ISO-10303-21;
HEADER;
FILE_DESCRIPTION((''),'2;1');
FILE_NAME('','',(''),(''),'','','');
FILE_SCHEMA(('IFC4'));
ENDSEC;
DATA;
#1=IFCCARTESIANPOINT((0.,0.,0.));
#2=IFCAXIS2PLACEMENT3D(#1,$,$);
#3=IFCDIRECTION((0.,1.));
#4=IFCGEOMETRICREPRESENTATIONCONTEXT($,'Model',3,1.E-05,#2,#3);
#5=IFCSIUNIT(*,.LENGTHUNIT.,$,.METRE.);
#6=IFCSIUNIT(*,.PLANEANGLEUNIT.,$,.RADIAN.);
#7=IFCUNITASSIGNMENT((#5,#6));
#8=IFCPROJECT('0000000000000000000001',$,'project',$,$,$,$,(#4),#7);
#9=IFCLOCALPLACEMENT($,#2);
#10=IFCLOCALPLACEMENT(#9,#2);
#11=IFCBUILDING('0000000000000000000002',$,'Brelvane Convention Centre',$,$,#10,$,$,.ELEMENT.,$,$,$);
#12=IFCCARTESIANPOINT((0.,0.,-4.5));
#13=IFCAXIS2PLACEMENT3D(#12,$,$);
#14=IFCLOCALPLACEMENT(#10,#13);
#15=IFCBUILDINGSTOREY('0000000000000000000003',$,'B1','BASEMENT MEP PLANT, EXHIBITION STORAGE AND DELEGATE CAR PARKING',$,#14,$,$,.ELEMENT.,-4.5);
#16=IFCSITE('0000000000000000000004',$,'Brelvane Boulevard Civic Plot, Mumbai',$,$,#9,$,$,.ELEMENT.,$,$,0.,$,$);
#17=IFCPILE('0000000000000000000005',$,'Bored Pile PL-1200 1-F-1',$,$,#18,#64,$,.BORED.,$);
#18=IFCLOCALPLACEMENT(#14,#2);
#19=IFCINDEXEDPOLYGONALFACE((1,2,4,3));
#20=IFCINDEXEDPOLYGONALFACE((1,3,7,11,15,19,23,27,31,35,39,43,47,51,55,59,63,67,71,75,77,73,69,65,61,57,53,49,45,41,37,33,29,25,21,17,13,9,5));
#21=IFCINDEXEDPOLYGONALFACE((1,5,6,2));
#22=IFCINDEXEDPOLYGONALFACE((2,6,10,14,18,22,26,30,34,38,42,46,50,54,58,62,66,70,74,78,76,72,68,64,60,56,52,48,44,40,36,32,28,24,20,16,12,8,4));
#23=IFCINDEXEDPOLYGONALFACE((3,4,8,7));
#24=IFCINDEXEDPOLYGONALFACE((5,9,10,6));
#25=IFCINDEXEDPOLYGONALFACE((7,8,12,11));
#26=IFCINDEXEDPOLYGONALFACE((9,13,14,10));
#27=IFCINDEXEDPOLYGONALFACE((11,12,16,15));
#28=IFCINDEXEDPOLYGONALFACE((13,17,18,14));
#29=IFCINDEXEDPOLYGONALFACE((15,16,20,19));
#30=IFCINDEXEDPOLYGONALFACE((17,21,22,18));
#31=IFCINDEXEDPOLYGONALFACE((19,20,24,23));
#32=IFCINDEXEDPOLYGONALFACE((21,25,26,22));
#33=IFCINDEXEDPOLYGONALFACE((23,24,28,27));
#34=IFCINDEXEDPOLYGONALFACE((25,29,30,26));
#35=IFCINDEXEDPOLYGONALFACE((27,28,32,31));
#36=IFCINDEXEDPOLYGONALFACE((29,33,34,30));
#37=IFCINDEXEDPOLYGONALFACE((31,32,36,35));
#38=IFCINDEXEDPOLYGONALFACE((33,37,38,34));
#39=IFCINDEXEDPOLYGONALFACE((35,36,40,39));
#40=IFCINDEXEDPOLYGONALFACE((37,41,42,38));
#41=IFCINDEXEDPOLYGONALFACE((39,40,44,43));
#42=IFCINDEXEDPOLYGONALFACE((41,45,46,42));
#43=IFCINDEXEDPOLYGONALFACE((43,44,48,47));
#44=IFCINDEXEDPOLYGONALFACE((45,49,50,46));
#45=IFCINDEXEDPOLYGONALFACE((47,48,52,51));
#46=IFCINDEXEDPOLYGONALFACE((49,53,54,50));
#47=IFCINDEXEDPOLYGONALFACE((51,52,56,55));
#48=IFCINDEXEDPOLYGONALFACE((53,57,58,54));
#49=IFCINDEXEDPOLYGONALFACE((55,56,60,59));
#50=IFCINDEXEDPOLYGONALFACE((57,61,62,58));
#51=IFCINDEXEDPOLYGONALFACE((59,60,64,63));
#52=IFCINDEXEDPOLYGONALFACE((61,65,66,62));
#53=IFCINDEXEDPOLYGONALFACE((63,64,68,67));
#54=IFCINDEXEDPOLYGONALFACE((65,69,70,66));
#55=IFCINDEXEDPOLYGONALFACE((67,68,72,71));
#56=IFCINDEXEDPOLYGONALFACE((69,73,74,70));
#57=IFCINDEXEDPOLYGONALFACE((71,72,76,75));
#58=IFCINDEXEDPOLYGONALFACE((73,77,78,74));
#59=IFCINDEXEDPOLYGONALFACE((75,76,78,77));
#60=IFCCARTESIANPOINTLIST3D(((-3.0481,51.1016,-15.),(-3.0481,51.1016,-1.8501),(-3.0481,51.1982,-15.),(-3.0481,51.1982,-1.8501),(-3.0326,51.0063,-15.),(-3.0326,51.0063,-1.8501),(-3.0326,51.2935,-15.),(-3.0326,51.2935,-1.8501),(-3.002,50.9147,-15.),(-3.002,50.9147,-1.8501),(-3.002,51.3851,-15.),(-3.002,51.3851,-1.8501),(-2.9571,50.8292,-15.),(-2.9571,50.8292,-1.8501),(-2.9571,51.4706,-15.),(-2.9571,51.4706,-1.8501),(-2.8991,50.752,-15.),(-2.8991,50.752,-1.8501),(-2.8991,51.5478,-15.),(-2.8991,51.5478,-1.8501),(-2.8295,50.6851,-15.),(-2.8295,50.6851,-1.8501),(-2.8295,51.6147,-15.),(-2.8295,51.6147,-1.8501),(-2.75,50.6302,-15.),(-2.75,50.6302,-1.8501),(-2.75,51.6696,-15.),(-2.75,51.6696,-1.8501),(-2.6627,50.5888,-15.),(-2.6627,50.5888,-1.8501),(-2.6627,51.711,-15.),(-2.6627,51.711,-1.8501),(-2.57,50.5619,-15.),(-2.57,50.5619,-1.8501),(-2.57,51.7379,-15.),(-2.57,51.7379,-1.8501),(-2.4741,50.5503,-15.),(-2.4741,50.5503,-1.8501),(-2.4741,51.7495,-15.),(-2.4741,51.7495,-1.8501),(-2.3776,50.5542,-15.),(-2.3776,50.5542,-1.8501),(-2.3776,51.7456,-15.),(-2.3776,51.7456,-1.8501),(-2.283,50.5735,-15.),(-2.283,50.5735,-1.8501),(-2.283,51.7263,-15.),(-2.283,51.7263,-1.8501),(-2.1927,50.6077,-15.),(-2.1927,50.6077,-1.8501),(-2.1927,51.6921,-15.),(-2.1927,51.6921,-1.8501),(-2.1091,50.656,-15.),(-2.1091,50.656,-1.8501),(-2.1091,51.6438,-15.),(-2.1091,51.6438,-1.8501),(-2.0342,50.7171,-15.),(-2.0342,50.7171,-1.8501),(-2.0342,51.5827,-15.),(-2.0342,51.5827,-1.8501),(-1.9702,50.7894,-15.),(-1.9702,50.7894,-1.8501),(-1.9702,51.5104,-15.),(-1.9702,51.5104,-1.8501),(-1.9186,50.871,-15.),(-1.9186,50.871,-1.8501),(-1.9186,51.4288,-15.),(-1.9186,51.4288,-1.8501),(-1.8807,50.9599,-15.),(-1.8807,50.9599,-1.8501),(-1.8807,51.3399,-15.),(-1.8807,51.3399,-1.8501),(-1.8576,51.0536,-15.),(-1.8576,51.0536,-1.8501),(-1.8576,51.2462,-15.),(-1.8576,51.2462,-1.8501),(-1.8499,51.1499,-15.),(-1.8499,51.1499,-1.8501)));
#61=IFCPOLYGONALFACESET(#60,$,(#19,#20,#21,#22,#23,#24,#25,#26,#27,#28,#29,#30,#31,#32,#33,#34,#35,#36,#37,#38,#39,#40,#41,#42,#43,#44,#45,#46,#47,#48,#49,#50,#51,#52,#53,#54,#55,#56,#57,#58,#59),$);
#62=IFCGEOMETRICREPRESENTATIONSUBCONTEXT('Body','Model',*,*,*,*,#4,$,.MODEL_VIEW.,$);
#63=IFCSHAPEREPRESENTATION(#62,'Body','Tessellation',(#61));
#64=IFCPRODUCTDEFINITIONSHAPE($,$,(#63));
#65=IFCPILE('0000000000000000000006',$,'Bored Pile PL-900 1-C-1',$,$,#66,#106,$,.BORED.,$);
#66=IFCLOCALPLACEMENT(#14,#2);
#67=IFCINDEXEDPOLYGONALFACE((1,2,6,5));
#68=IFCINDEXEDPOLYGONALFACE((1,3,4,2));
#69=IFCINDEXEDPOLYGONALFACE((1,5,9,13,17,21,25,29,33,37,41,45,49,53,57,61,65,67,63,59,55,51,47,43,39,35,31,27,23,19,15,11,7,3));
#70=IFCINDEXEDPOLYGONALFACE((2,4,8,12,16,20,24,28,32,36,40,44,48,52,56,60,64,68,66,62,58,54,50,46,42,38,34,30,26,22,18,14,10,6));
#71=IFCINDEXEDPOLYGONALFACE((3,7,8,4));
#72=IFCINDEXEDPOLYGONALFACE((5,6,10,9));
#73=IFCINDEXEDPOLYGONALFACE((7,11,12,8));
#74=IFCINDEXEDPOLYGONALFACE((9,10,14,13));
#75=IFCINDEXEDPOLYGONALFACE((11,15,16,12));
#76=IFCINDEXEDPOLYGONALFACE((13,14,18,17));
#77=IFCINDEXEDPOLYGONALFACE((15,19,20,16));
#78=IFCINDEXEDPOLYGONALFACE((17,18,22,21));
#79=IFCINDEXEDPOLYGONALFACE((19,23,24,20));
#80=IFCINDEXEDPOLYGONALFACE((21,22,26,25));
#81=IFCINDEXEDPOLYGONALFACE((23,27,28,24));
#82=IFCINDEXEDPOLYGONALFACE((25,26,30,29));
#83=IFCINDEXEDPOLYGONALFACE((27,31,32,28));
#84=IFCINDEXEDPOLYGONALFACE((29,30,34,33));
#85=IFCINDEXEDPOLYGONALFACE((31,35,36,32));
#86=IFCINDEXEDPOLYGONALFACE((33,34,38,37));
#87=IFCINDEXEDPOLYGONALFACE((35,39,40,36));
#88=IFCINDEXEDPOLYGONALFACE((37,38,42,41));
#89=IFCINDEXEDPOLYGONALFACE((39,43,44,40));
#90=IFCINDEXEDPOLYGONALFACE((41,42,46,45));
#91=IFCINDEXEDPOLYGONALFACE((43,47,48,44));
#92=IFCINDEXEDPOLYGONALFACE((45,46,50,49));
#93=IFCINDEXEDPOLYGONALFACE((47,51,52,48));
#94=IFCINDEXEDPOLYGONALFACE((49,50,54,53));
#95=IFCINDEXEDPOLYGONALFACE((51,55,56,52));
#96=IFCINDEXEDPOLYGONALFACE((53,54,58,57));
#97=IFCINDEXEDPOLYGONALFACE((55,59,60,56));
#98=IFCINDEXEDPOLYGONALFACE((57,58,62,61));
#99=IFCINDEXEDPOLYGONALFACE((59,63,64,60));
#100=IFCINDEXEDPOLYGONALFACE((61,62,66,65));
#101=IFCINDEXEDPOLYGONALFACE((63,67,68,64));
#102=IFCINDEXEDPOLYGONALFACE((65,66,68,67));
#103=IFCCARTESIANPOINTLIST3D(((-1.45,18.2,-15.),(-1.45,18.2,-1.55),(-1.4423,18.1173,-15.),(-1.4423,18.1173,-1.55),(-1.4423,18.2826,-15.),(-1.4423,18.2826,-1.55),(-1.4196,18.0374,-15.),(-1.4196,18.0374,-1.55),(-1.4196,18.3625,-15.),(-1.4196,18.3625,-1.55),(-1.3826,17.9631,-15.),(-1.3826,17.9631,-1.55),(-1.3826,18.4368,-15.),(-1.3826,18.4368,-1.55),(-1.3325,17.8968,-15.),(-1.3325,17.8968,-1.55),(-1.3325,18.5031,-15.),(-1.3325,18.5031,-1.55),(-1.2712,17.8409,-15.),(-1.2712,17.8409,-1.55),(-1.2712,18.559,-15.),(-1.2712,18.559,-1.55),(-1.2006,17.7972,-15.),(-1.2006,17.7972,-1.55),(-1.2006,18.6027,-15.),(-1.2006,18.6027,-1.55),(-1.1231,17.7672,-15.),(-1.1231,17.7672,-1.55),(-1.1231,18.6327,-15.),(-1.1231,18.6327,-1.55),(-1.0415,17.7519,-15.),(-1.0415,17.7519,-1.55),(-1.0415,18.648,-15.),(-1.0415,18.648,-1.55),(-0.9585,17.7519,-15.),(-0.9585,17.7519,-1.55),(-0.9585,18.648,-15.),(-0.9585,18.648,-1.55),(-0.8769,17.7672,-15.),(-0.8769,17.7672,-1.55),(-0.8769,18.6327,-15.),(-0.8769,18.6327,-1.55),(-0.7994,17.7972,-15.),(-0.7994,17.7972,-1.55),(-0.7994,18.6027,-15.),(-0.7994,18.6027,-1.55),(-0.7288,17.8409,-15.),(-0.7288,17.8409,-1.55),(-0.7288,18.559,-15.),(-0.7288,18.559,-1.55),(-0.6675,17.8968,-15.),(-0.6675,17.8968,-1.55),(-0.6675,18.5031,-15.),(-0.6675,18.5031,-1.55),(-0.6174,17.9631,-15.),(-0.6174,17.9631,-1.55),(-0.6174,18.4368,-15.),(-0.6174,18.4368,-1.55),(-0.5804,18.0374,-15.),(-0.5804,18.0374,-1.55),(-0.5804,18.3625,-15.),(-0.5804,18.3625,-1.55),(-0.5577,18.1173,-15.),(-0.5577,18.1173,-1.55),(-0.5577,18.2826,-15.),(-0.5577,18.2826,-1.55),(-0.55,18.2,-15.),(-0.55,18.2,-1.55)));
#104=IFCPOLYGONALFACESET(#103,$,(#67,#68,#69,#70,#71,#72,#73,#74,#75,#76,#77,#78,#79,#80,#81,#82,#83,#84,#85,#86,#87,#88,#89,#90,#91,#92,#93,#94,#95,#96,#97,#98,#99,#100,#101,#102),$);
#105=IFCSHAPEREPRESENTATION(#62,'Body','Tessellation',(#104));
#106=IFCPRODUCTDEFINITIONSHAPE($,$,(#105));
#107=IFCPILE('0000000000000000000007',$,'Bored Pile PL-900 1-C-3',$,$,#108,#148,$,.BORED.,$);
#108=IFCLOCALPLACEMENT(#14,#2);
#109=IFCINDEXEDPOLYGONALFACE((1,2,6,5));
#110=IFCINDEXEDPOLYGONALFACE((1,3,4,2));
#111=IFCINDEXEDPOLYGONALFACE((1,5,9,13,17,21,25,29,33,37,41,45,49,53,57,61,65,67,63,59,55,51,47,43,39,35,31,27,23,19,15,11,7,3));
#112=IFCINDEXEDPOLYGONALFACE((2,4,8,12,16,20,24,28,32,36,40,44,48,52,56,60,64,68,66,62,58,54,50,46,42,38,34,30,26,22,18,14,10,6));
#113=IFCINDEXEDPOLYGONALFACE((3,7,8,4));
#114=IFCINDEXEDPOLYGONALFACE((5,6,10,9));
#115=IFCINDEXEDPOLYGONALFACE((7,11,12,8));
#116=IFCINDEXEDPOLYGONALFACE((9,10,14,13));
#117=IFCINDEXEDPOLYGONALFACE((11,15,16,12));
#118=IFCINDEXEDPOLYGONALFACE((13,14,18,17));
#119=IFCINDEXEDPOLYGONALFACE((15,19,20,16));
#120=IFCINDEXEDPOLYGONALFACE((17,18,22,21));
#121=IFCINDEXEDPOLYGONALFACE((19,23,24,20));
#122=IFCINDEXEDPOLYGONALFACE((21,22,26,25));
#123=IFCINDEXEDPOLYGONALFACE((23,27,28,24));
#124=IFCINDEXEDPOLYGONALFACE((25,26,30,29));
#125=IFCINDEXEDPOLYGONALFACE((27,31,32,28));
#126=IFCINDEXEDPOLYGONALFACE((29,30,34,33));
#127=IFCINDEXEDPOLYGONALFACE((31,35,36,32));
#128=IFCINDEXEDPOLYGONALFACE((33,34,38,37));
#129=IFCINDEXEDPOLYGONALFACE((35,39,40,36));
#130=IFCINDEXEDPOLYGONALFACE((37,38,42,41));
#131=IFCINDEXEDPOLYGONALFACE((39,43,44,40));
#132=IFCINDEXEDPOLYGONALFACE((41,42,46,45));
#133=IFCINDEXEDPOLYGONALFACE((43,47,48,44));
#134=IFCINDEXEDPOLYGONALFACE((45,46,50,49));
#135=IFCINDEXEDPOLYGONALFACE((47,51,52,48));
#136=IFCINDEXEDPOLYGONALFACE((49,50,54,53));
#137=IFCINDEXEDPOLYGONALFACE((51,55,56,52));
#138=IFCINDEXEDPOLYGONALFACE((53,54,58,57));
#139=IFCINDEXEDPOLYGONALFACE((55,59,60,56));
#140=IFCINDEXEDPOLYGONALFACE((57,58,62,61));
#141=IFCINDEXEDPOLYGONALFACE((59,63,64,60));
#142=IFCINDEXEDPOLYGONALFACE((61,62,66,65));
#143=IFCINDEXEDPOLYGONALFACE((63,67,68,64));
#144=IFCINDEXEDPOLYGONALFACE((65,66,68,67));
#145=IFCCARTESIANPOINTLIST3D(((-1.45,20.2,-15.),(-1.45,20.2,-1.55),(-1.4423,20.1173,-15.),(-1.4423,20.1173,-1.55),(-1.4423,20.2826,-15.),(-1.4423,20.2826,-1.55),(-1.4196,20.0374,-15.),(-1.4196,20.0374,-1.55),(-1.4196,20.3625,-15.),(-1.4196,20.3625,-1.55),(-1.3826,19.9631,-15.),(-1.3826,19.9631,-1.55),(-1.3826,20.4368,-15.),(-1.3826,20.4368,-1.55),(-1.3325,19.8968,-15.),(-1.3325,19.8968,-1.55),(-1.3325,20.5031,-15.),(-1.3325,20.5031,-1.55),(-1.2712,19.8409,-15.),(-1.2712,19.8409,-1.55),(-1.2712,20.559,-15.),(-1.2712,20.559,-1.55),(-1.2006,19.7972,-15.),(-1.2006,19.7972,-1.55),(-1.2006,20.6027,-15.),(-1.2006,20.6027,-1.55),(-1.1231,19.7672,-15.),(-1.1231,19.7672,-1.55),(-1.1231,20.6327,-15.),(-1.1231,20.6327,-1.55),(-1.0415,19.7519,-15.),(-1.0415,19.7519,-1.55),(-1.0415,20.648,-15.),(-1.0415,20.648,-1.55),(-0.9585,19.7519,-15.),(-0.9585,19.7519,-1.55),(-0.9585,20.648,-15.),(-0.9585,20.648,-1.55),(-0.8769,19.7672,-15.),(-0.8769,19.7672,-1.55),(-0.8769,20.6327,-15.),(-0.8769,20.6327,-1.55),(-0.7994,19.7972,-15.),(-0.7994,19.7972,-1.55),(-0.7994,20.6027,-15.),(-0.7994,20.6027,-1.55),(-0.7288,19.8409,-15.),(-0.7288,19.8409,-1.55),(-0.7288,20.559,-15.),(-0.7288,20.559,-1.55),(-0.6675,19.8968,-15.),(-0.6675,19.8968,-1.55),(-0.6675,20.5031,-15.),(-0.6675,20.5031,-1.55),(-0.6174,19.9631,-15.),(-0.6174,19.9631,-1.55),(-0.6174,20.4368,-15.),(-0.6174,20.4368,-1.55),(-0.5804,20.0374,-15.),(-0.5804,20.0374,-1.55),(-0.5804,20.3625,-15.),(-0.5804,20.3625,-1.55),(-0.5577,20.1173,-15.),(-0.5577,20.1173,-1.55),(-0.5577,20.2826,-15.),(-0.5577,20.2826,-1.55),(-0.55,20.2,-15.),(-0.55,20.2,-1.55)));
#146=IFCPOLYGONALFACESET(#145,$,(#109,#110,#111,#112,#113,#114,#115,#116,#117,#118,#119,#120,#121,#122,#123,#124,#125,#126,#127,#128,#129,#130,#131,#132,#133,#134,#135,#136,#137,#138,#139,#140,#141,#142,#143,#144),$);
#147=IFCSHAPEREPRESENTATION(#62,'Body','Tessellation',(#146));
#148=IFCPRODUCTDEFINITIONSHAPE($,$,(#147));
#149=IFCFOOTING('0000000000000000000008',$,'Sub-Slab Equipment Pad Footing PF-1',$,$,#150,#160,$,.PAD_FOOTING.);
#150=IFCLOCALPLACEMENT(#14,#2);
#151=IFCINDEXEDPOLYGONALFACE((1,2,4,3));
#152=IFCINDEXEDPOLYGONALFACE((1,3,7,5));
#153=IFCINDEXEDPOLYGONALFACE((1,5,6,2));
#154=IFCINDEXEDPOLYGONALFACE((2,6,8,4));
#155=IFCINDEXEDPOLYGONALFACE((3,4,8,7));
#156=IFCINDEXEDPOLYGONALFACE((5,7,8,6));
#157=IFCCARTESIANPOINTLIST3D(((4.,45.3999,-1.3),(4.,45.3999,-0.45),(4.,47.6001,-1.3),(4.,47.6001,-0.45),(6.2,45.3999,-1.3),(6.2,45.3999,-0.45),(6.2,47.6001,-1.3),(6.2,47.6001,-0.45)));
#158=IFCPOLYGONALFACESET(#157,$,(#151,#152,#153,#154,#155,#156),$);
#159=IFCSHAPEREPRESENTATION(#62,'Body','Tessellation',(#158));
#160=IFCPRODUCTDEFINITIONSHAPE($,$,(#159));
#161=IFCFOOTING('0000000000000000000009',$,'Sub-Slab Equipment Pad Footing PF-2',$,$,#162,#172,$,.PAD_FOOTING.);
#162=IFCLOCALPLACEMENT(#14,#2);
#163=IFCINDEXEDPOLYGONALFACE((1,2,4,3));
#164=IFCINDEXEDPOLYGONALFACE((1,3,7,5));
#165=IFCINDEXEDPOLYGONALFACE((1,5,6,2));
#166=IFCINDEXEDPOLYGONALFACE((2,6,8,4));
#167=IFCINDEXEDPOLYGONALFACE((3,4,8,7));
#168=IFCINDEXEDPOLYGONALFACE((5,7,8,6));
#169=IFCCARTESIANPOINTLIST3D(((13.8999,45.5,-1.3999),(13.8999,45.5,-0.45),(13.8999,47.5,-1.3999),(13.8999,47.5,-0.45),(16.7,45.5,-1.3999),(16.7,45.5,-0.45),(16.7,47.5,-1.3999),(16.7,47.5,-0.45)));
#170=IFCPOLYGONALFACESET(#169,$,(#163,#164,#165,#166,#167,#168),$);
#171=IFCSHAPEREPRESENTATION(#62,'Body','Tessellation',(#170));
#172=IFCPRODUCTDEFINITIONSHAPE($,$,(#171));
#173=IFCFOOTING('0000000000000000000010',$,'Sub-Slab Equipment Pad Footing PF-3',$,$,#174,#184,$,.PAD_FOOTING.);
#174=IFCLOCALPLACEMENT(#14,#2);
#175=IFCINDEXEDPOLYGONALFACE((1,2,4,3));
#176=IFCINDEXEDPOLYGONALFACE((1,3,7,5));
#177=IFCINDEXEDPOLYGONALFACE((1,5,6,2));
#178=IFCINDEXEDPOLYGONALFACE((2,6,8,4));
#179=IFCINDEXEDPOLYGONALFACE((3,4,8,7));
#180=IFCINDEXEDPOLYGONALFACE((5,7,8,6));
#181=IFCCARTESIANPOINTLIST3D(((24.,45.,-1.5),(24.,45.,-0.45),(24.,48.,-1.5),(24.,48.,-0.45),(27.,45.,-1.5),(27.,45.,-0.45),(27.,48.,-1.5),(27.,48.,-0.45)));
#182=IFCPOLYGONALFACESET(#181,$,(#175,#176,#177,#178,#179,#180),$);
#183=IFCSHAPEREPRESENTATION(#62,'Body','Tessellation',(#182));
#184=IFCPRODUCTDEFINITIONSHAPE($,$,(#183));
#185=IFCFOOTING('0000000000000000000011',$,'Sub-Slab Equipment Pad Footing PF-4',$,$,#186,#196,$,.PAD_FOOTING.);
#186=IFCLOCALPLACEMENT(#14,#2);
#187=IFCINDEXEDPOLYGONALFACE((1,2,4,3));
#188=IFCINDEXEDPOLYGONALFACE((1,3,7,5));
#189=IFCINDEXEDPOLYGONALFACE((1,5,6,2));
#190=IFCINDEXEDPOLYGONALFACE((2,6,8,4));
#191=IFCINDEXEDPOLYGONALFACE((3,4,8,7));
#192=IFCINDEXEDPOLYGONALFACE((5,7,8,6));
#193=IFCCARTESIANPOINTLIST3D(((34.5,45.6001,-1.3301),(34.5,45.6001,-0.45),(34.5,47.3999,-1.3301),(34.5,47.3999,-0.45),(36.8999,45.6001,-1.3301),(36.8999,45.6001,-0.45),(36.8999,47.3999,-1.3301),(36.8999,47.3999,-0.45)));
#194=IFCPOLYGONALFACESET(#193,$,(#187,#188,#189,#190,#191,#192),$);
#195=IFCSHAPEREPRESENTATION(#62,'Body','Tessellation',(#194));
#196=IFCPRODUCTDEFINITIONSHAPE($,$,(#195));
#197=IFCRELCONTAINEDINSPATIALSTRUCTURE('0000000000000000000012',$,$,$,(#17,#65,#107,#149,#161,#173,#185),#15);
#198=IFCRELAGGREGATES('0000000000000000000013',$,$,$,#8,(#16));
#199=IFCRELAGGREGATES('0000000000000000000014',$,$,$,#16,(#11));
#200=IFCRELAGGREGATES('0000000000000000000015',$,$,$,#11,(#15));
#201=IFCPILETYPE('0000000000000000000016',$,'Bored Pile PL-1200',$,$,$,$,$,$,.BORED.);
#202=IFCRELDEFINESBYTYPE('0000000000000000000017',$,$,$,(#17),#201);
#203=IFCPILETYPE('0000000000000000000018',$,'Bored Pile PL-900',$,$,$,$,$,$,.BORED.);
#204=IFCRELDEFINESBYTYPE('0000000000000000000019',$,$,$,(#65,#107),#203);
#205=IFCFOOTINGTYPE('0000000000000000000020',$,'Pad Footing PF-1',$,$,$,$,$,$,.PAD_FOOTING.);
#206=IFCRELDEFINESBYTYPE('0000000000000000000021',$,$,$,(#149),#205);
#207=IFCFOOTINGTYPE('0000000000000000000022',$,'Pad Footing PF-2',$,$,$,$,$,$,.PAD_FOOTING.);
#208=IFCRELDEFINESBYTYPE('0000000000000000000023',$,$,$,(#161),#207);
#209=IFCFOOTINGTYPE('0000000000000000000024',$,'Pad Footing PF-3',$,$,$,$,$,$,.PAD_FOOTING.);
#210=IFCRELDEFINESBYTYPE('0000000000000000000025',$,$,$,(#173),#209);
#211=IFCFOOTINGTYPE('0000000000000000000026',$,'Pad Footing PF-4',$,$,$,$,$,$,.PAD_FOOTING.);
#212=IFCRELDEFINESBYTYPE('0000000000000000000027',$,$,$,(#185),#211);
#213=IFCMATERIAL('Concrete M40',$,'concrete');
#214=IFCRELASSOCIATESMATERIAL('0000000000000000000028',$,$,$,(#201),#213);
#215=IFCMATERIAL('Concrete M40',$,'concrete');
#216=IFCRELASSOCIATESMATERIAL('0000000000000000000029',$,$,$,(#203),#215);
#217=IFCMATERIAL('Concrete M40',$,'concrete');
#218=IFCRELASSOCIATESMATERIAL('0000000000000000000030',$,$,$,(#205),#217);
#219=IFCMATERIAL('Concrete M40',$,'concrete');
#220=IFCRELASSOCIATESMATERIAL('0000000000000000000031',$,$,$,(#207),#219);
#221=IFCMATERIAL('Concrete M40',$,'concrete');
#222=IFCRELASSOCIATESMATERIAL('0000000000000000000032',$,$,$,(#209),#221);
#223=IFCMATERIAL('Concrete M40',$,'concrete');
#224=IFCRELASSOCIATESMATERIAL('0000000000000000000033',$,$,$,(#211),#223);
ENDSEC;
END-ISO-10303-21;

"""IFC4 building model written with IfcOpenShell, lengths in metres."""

from ifc_helpers import new_model, si_unit, direction, frame, origin, origin_2d, place, context, subcontext, project, spatial, polyline, circle, outline, extrude, material, material_profile, profile_set, type_object, element, save


model = new_model("IFC4")

# Units and contexts
model_context = context("Model", 3, precision=1e-05, world=origin(), true_north=direction((0.0, 1.0)))
body_context = subcontext(model_context, "Body", "Model", "MODEL_VIEW")
ifc_project = project(units=[si_unit("LENGTHUNIT", "METRE"), si_unit("PLANEANGLEUNIT", "RADIAN")], contexts=[model_context])

# Site, building, storey
site_placement = place(None, origin())
site = spatial("IfcSite", under=ifc_project, at=site_placement, Name="Brelvane Boulevard Civic Plot, Mumbai", CompositionType="ELEMENT", RefElevation=0.0)
building_placement = place(site_placement, origin())
building = spatial("IfcBuilding", under=site, at=building_placement, Name="Brelvane Convention Centre", CompositionType="ELEMENT")
storey_placement = place(building_placement, frame((0.0, 0.0, -4.5)))
storey = spatial("IfcBuildingStorey", under=building, at=storey_placement, Name="B1", Description="BASEMENT MEP PLANT, EXHIBITION STORAGE AND DELEGATE CAR PARKING", CompositionType="ELEMENT", Elevation=-4.5)

# Piles
ifc_material_1 = material(Name="Concrete M40", Category="concrete")
ifc_material_profile_1 = material_profile(ifc_material_1, circle(Radius=0.6001, at=origin_2d()), Name="PILE D1200")
ifc_profile_set_1 = profile_set([ifc_material_profile_1], Name="Concrete M40")
pile_type_1 = type_object("IfcPileType", Name="Bored Pile PL-1200", PredefinedType="BORED", material=ifc_profile_set_1)
for number, where, z_axis, x_axis, name in (
    (1, (-2.45, 51.1499, -1.8501), (0.0, 0.0, -1.0), (1.0, 0.0, 0.0), "Bored Pile PL-1200 1-F-1"),
):
    element("IfcPile", number, at=place(storey_placement, frame(where, z_axis=z_axis, x_axis=x_axis)), inside=storey, type_object=pile_type_1, Name=name, PredefinedType="BORED", context=body_context, shape_type="SweptSolid", body=[
        extrude(circle(Radius=0.6001, at=origin_2d()), origin(), (0.0, 0.0, 1.0), 13.1499),
    ])
ifc_material_2 = material(Name="Concrete M40", Category="concrete")
ifc_material_profile_2 = material_profile(ifc_material_2, circle(Radius=0.45, at=origin_2d()), Name="PILE D900")
ifc_profile_set_2 = profile_set([ifc_material_profile_2], Name="Concrete M40")
pile_type_2 = type_object("IfcPileType", Name="Bored Pile PL-900", PredefinedType="BORED", material=ifc_profile_set_2)
for number, where, z_axis, x_axis, name in (
    (2, (-1.0, 18.2, -1.55), (0.0, 0.0, -1.0), (1.0, 0.0, 0.0), "Bored Pile PL-900 1-C-1"),
    (3, (-1.0, 20.2, -1.55), (0.0, 0.0, -1.0), (1.0, 0.0, 0.0), "Bored Pile PL-900 1-C-3"),
):
    element("IfcPile", number, at=place(storey_placement, frame(where, z_axis=z_axis, x_axis=x_axis)), inside=storey, type_object=pile_type_2, Name=name, PredefinedType="BORED", context=body_context, shape_type="SweptSolid", body=[
        extrude(circle(Radius=0.45, at=origin_2d()), origin(), (0.0, 0.0, 1.0), 13.45),
    ])

# Footings
ifc_material_3 = material(Name="Concrete M40", Category="concrete")
footing_type_1 = type_object("IfcFootingType", Name="Pad Footing PF-1", PredefinedType="PAD_FOOTING", material=ifc_material_3)
footing_1_placement = place(storey_placement, frame((0.0, 0.0, -1.3)))
element("IfcFooting", 4, at=footing_1_placement, inside=storey, type_object=footing_type_1, Name="Sub-Slab Equipment Pad Footing PF-1", PredefinedType="PAD_FOOTING", context=body_context, shape_type="SweptSolid", body=[
    extrude(outline(polyline([(4.0, 45.3999), (6.2, 45.3999), (6.2, 47.6001), (4.0, 47.6001), (4.0, 45.3999)])), origin(), (0.0, 0.0, 1.0), 0.8501),
])
ifc_material_4 = material(Name="Concrete M40", Category="concrete")
footing_type_2 = type_object("IfcFootingType", Name="Pad Footing PF-2", PredefinedType="PAD_FOOTING", material=ifc_material_4)
footing_2_placement = place(storey_placement, frame((0.0, 0.0, -1.3999)))
element("IfcFooting", 5, at=footing_2_placement, inside=storey, type_object=footing_type_2, Name="Sub-Slab Equipment Pad Footing PF-2", PredefinedType="PAD_FOOTING", context=body_context, shape_type="SweptSolid", body=[
    extrude(outline(polyline([(13.8999, 45.5), (16.7, 45.5), (16.7, 47.5), (13.8999, 47.5), (13.8999, 45.5)])), origin(), (0.0, 0.0, 1.0), 0.95),
])
ifc_material_5 = material(Name="Concrete M40", Category="concrete")
footing_type_3 = type_object("IfcFootingType", Name="Pad Footing PF-3", PredefinedType="PAD_FOOTING", material=ifc_material_5)
footing_3_placement = place(storey_placement, frame((0.0, 0.0, -1.5)))
element("IfcFooting", 6, at=footing_3_placement, inside=storey, type_object=footing_type_3, Name="Sub-Slab Equipment Pad Footing PF-3", PredefinedType="PAD_FOOTING", context=body_context, shape_type="SweptSolid", body=[
    extrude(outline(polyline([(24.0, 45.0), (27.0, 45.0), (27.0, 48.0), (24.0, 48.0), (24.0, 45.0)])), origin(), (0.0, 0.0, 1.0), 1.05),
])
ifc_material_6 = material(Name="Concrete M40", Category="concrete")
footing_type_4 = type_object("IfcFootingType", Name="Pad Footing PF-4", PredefinedType="PAD_FOOTING", material=ifc_material_6)
footing_4_placement = place(storey_placement, frame((0.0, 0.0, -1.3301)))
element("IfcFooting", 7, at=footing_4_placement, inside=storey, type_object=footing_type_4, Name="Sub-Slab Equipment Pad Footing PF-4", PredefinedType="PAD_FOOTING", context=body_context, shape_type="SweptSolid", body=[
    extrude(outline(polyline([(34.5, 45.6001), (36.8999, 45.6001), (36.8999, 47.3999), (34.5, 47.3999), (34.5, 45.6001)])), origin(), (0.0, 0.0, 1.0), 0.8801),
])

save(model, "model.ifc")
